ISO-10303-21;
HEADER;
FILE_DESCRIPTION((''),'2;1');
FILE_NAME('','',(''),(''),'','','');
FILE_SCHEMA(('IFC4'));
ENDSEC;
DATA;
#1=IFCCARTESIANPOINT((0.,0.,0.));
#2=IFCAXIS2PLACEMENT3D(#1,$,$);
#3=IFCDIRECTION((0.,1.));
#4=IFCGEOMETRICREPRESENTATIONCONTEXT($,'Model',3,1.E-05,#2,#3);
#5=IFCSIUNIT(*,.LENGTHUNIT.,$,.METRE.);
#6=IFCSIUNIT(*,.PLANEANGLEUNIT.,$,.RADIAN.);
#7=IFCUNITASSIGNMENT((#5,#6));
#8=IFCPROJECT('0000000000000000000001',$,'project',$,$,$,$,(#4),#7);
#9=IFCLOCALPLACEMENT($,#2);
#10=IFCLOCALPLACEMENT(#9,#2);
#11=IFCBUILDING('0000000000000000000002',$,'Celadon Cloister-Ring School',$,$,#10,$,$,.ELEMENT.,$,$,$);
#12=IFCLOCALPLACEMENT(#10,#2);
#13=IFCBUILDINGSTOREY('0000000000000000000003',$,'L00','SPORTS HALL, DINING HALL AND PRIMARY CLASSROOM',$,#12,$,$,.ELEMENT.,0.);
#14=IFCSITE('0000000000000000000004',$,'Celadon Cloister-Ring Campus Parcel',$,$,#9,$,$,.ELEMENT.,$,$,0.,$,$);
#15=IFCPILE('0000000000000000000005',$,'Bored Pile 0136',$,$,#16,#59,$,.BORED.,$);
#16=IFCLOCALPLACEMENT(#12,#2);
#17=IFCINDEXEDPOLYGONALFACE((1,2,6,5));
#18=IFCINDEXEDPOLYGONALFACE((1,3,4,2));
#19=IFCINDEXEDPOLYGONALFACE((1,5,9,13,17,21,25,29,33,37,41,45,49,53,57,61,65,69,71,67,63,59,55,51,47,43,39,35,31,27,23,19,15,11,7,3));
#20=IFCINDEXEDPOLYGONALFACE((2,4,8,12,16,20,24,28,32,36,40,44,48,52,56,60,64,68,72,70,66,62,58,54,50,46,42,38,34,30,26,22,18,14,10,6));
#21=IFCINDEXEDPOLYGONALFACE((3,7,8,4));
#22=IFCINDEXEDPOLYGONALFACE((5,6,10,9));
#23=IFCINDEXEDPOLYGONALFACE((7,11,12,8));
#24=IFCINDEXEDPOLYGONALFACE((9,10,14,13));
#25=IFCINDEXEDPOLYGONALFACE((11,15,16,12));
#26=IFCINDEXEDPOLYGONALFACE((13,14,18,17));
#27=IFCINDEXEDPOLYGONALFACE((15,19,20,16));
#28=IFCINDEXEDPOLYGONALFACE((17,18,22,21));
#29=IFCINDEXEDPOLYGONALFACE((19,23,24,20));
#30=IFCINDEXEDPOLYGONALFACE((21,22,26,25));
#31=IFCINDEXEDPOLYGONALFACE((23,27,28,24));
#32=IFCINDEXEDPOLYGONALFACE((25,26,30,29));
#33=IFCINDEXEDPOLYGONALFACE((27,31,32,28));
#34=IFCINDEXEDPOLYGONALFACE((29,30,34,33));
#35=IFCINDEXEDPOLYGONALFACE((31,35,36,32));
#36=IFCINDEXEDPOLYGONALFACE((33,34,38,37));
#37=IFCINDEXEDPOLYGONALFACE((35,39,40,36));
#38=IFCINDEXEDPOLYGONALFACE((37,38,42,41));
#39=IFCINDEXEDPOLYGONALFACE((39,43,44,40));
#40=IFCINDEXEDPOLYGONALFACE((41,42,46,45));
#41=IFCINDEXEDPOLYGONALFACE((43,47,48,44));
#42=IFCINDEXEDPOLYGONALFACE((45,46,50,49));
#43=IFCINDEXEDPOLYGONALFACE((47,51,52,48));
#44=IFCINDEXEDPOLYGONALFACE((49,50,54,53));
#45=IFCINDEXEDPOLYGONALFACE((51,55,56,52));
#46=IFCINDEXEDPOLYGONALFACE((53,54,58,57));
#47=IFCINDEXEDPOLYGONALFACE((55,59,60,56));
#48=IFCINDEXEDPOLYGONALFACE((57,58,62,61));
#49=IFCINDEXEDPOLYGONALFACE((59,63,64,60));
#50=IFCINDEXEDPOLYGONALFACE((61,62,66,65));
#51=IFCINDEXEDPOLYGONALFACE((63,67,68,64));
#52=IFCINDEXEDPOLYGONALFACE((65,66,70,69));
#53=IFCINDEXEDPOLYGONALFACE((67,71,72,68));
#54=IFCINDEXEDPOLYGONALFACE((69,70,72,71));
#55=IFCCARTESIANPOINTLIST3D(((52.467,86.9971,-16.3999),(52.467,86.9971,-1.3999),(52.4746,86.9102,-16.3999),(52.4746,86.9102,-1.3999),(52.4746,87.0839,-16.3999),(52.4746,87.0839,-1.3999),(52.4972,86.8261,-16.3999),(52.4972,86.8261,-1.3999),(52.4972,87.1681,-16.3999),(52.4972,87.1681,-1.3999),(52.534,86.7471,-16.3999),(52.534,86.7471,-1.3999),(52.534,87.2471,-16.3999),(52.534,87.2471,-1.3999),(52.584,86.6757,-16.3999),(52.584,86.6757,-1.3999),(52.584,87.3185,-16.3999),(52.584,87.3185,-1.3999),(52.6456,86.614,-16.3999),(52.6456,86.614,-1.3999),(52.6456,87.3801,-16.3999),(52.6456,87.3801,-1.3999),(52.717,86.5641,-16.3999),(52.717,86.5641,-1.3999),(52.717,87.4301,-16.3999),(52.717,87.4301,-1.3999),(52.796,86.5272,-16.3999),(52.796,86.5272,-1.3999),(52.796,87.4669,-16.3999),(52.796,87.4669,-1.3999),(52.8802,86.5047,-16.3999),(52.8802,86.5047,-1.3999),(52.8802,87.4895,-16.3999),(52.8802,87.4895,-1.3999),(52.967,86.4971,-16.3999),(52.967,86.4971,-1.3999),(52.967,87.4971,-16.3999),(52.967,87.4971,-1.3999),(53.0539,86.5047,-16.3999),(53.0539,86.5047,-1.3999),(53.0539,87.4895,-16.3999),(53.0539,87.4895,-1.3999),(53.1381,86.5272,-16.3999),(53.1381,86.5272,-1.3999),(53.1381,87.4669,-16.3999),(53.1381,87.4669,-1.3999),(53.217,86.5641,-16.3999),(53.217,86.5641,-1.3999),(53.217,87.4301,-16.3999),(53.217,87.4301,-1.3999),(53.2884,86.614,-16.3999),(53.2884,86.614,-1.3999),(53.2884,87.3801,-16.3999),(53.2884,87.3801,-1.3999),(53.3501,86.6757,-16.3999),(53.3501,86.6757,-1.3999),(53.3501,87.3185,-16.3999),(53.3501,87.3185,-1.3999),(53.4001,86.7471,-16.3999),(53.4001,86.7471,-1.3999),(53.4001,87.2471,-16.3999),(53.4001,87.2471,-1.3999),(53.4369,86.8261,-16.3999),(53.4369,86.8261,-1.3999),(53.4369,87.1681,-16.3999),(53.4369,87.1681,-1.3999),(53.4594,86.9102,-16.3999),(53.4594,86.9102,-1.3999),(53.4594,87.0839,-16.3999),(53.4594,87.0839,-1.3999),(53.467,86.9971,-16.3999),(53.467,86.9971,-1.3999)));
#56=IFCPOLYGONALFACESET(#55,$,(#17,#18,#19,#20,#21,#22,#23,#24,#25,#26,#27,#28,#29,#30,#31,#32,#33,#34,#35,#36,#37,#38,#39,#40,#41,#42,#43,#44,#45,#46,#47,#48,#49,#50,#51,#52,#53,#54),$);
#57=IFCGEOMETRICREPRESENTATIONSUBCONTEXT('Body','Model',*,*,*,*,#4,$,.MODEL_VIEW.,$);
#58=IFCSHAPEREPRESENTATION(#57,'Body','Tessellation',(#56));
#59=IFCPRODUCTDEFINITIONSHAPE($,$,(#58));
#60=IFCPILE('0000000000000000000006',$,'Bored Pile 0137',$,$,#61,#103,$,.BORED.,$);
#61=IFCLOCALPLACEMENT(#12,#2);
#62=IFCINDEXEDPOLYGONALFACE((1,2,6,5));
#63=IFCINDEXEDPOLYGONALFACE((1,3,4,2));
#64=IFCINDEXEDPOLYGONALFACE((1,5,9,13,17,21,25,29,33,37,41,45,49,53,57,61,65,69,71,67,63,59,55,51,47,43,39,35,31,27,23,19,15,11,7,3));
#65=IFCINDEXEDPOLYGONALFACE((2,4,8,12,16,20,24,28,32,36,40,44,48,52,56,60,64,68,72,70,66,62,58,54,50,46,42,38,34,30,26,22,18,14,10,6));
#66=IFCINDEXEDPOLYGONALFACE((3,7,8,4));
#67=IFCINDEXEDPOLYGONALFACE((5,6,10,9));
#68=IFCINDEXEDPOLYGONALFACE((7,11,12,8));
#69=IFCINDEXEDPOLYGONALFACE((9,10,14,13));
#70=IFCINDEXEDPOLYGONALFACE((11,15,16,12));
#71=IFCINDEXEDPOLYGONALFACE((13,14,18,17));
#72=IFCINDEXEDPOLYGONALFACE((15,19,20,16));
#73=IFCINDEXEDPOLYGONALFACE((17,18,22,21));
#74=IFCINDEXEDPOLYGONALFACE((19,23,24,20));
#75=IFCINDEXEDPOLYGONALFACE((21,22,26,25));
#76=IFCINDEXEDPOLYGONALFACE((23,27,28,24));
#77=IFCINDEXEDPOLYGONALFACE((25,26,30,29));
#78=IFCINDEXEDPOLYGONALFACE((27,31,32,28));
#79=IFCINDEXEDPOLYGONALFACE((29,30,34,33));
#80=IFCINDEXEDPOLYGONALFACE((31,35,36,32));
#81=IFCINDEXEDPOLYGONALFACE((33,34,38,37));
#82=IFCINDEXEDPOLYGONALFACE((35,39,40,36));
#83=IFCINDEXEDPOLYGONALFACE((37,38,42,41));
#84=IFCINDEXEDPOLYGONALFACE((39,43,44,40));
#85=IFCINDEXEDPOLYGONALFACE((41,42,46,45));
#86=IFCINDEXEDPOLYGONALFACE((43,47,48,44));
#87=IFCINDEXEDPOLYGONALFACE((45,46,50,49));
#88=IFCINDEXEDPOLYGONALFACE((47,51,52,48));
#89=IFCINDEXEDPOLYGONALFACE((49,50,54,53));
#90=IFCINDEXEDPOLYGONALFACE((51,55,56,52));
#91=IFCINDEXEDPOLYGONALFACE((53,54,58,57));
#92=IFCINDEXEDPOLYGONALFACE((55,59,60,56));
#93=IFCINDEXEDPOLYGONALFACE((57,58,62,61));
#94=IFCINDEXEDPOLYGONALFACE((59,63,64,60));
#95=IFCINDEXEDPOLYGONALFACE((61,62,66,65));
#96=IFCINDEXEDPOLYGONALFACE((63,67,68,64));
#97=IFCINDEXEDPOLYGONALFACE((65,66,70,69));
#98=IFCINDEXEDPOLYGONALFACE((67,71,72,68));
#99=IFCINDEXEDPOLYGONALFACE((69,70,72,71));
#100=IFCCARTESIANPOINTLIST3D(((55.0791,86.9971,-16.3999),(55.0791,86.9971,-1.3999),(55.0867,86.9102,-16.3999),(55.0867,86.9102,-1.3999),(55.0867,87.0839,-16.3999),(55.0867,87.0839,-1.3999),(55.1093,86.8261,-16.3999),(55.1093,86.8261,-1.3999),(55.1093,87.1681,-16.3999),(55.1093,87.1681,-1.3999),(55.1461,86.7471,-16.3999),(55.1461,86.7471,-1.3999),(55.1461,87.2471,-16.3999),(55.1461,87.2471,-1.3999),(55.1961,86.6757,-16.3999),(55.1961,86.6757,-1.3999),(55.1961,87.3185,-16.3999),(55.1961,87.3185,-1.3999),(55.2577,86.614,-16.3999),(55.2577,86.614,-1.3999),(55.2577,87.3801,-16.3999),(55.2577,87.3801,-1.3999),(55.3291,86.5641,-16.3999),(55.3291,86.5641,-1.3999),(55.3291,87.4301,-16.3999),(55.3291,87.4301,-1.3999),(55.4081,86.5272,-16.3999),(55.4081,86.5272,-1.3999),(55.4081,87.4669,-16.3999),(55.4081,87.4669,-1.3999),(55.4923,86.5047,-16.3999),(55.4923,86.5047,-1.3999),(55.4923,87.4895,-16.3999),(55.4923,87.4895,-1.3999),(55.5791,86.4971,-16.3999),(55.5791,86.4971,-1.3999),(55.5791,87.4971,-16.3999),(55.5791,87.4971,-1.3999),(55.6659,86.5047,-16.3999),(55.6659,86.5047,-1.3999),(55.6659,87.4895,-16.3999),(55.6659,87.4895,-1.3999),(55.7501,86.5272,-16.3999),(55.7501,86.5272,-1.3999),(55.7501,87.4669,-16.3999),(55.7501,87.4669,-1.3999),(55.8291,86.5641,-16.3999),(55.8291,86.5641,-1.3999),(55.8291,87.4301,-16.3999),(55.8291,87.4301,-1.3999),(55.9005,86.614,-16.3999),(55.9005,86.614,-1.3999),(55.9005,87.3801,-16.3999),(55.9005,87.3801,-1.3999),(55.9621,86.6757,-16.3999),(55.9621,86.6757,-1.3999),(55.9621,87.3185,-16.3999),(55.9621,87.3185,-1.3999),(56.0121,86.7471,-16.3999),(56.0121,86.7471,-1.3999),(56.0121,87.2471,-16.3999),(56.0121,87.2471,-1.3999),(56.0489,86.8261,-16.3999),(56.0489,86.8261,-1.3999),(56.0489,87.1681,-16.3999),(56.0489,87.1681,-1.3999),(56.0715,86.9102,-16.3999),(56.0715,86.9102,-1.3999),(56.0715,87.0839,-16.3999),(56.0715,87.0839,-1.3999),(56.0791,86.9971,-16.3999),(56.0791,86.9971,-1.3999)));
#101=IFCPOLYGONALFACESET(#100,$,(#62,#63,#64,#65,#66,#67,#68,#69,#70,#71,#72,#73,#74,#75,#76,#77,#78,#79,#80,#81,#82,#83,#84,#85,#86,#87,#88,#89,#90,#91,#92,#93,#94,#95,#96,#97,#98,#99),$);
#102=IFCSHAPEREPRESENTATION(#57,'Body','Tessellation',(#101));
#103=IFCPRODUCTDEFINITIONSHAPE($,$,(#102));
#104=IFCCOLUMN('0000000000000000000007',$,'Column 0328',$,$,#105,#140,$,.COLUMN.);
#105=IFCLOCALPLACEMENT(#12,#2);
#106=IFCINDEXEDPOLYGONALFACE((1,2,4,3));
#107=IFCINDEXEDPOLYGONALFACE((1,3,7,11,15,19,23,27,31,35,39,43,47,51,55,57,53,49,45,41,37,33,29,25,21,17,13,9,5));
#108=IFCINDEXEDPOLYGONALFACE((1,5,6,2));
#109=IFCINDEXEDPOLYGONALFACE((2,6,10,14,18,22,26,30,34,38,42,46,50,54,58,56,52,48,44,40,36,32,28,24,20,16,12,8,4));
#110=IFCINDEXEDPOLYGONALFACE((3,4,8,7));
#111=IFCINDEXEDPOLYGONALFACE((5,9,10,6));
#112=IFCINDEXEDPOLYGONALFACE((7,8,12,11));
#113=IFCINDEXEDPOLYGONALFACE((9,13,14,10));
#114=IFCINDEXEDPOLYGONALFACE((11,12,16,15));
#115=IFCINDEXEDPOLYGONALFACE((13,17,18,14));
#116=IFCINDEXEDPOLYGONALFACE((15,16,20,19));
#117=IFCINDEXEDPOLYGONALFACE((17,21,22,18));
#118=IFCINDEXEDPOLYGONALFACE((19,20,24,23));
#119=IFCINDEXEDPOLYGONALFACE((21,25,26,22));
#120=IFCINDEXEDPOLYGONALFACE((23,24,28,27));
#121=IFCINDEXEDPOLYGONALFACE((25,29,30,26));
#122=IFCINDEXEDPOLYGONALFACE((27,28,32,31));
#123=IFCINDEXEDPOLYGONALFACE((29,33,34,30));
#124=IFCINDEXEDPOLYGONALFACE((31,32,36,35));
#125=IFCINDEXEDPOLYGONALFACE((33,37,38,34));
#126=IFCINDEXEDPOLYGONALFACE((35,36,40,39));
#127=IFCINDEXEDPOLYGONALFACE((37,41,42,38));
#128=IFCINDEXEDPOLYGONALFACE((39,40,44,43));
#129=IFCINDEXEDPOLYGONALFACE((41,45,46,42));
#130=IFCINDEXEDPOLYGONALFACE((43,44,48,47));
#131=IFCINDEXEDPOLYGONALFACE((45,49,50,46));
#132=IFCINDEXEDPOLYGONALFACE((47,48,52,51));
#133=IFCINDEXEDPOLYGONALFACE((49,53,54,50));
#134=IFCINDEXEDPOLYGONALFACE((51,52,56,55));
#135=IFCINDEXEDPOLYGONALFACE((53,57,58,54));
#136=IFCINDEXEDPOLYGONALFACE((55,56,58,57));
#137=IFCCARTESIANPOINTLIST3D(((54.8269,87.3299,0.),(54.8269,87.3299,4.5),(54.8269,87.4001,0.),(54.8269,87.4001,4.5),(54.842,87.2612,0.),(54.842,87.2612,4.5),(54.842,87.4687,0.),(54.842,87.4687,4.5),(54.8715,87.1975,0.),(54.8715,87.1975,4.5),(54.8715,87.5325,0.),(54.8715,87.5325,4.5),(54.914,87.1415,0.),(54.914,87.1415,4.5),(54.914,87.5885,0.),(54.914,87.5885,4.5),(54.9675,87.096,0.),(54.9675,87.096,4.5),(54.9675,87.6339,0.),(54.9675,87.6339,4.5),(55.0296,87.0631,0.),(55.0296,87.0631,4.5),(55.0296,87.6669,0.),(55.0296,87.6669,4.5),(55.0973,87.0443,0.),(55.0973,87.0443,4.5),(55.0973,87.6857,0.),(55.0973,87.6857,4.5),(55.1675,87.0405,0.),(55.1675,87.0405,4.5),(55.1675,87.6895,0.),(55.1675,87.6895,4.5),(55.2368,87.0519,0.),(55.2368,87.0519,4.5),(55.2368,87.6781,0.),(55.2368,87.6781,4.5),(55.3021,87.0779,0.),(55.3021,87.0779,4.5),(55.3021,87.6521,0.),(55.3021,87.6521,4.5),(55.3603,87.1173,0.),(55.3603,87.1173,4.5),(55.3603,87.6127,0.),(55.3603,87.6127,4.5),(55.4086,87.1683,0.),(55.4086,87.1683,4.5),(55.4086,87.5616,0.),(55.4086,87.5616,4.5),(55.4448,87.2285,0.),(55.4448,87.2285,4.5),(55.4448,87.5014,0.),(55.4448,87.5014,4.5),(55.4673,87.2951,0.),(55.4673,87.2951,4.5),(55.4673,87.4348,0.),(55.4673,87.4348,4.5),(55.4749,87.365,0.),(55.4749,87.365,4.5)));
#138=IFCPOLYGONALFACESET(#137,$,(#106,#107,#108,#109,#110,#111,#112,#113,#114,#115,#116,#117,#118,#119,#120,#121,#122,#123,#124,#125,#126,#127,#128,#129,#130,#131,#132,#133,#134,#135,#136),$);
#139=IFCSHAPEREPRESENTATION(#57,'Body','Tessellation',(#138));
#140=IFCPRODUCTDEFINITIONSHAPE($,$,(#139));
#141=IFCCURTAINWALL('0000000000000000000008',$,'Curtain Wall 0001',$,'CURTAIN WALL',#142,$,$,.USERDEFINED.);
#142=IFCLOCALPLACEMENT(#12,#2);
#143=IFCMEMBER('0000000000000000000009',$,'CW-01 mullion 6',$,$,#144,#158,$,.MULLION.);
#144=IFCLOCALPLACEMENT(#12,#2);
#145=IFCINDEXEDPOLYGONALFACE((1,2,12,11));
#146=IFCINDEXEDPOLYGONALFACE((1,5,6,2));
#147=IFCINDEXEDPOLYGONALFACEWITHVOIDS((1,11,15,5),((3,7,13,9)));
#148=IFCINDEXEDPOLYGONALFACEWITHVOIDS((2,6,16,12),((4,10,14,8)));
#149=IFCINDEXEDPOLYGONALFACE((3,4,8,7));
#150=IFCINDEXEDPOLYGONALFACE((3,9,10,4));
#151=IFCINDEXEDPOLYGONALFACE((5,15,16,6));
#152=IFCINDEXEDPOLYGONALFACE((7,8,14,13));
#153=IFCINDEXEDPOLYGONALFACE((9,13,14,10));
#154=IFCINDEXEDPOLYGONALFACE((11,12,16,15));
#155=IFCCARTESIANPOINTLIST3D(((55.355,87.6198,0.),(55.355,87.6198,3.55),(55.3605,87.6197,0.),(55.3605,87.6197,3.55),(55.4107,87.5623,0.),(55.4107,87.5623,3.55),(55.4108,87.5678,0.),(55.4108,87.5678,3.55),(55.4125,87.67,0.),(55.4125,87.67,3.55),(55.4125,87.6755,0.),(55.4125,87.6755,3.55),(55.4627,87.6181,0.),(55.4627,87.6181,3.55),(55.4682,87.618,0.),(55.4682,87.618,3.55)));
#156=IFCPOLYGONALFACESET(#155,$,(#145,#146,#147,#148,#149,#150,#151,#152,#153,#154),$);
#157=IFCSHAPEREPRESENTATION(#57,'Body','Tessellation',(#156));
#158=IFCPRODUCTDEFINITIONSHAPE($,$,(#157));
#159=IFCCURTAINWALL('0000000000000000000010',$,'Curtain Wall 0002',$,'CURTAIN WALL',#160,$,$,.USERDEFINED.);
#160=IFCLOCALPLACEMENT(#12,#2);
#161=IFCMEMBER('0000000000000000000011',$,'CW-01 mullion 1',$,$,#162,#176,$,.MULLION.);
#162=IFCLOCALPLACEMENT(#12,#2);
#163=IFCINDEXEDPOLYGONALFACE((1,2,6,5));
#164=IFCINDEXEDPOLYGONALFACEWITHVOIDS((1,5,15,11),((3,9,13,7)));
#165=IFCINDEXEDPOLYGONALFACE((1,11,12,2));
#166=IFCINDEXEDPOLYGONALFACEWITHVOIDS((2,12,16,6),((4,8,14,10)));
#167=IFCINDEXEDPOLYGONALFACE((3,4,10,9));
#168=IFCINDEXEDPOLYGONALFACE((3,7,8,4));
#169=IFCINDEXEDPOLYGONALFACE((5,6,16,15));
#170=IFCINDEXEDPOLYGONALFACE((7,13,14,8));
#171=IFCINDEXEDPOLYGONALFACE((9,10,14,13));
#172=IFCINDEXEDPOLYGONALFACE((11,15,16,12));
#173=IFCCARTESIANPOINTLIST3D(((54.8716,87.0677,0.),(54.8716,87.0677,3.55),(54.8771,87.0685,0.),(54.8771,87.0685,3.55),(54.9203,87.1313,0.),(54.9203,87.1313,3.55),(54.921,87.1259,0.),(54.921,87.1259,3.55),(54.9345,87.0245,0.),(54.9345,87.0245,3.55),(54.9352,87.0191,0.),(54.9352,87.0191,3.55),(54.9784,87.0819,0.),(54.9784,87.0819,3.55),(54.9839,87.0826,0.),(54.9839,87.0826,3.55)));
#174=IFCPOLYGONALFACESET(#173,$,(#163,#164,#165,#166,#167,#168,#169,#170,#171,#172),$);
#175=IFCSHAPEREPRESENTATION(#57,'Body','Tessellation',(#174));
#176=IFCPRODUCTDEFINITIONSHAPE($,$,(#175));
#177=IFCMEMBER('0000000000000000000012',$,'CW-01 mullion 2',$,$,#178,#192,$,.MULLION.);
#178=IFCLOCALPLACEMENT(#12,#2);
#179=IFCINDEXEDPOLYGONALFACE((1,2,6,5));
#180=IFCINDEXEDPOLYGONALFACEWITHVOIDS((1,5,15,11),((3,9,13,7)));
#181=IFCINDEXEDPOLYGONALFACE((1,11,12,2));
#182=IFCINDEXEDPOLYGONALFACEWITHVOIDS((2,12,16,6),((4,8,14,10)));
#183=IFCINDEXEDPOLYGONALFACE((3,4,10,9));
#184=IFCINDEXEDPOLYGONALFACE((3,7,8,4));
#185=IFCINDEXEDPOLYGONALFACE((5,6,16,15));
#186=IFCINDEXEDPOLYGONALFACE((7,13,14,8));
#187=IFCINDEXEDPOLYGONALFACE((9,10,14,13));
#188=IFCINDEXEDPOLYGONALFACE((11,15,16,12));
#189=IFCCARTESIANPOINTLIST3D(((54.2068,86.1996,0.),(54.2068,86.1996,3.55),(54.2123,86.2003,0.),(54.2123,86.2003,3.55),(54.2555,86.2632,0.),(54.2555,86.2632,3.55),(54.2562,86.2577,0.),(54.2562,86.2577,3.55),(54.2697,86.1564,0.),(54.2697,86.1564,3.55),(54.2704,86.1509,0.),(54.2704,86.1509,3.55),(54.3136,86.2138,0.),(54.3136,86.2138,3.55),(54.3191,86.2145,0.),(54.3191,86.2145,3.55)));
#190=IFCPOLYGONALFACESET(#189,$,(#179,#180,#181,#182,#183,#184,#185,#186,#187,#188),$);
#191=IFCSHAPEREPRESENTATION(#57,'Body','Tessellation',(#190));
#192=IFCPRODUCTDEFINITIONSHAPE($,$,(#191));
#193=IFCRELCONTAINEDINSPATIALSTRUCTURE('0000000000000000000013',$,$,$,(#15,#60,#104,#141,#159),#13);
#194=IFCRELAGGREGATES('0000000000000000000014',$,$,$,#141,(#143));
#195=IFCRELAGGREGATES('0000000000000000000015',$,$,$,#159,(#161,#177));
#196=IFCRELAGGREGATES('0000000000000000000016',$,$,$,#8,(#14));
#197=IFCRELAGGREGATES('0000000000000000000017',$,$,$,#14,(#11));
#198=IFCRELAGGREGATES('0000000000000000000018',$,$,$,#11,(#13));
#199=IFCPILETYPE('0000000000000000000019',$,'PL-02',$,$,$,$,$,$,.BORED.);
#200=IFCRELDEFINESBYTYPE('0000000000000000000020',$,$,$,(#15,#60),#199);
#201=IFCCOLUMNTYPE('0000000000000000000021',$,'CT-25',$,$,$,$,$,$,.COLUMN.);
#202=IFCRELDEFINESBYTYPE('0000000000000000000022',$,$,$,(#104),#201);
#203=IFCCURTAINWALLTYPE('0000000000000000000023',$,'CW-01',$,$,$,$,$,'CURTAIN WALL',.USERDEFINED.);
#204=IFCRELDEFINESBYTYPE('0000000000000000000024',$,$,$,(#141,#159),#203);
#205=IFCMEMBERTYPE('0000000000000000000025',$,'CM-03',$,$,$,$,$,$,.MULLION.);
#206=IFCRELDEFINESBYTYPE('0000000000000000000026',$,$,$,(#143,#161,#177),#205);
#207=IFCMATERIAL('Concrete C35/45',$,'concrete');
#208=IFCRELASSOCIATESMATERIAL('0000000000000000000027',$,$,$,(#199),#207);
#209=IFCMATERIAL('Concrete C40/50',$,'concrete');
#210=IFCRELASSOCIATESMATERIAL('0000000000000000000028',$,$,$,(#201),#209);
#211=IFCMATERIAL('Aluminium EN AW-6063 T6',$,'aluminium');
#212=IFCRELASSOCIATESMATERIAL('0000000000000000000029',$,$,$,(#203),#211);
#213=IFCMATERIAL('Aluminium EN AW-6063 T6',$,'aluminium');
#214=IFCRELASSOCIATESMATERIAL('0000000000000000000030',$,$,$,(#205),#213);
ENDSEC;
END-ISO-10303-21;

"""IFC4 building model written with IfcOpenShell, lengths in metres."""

from ifc_helpers import new_model, si_unit, direction, frame, origin, origin_2d, place, context, subcontext, project, spatial, hollow_rectangle, circle, extrude, material, material_profile, profile_set, type_object, element, aggregate, save


model = new_model("IFC4")

# Units and contexts
model_context = context("Model", 3, precision=1e-05, world=origin(), true_north=direction((0.0, 1.0)))
body_context = subcontext(model_context, "Body", "Model", "MODEL_VIEW")
ifc_project = project(units=[si_unit("LENGTHUNIT", "METRE"), si_unit("PLANEANGLEUNIT", "RADIAN")], contexts=[model_context])

# Site, building, storey
site_placement = place(None, origin())
site = spatial("IfcSite", under=ifc_project, at=site_placement, Name="Celadon Cloister-Ring Campus Parcel", CompositionType="ELEMENT", RefElevation=0.0)
building_placement = place(site_placement, origin())
building = spatial("IfcBuilding", under=site, at=building_placement, Name="Celadon Cloister-Ring School", CompositionType="ELEMENT")
storey_placement = place(building_placement, origin())
storey = spatial("IfcBuildingStorey", under=building, at=storey_placement, Name="L00", Description="SPORTS HALL, DINING HALL AND PRIMARY CLASSROOM", CompositionType="ELEMENT", Elevation=0.0)

# Piles
ifc_material_1 = material(Name="Concrete C35/45", Category="concrete")
ifc_material_profile_1 = material_profile(ifc_material_1, circle(Radius=0.5, at=origin_2d()), Name="PILE1000")
ifc_profile_set_1 = profile_set([ifc_material_profile_1], Name="Concrete C35/45")
pile_type = type_object("IfcPileType", Name="PL-02", PredefinedType="BORED", material=ifc_profile_set_1)
for number, where, z_axis, x_axis, name in (
    (1, (52.967, 86.9971, -1.3999), (0.0, 0.0, -1.0), (1.0, 0.0, 0.0), "Bored Pile 0136"),
    (2, (55.5791, 86.9971, -1.3999), (0.0, 0.0, -1.0), (1.0, 0.0, 0.0), "Bored Pile 0137"),
):
    element("IfcPile", number, at=place(storey_placement, frame(where, z_axis=z_axis, x_axis=x_axis)), inside=storey, type_object=pile_type, Name=name, PredefinedType="BORED", context=body_context, shape_type="SweptSolid", body=[
        extrude(circle(Radius=0.5, at=origin_2d()), origin(), (0.0, 0.0, 1.0), 15.0),
    ])

# Column
ifc_material_2 = material(Name="Concrete C40/50", Category="concrete")
ifc_material_profile_2 = material_profile(ifc_material_2, circle(Radius=0.325, at=origin_2d()), Name="CIRC650")
ifc_profile_set_2 = profile_set([ifc_material_profile_2], Name="Concrete C40/50")
column_type = type_object("IfcColumnType", Name="CT-25", PredefinedType="COLUMN", material=ifc_profile_set_2)
column_placement = place(storey_placement, frame((55.1499, 87.365, 0.0), z_axis=(0.0, 0.0, 1.0), x_axis=(1.0, 0.0, 0.0)))
element("IfcColumn", 3, at=column_placement, inside=storey, type_object=column_type, Name="Column 0328", PredefinedType="COLUMN", context=body_context, shape_type="SweptSolid", body=[
    extrude(circle(Radius=0.325, at=origin_2d()), origin(), (0.0, 0.0, 1.0), 4.5),
])

# Curtain wall, member
ifc_material_3 = material(Name="Aluminium EN AW-6063 T6", Category="aluminium")
curtain_wall_type = type_object("IfcCurtainWallType", Name="CW-01", ElementType="CURTAIN WALL", PredefinedType="USERDEFINED", material=ifc_material_3)
curtain_wall_1_placement = place(storey_placement, origin())
curtain_wall_1 = element("IfcCurtainWall", 4, at=curtain_wall_1_placement, inside=storey, type_object=curtain_wall_type, Name="Curtain Wall 0001", ObjectType="CURTAIN WALL", PredefinedType="USERDEFINED")
ifc_material_4 = material(Name="Aluminium EN AW-6063 T6", Category="aluminium")
ifc_material_profile_3 = material_profile(ifc_material_4, hollow_rectangle(XDim=0.0801, YDim=0.0801, WallThickness=0.0039, at=origin_2d()), Name="RHS80X80X4")
ifc_profile_set_3 = profile_set([ifc_material_profile_3], Name="Aluminium EN AW-6063 T6")
member_type_1 = type_object("IfcMemberType", Name="CM-03", PredefinedType="MULLION", material=ifc_profile_set_3)
member_1_placement = place(storey_placement, frame((55.4116, 87.6189, 0.0), z_axis=(0.0, 0.0, 1.0), x_axis=(0.69546, -0.718565, 0.0)))
member_1 = element("IfcMember", 5, at=member_1_placement, type_object=member_type_1, Name="CW-01 mullion 6", PredefinedType="MULLION", context=body_context, shape_type="SweptSolid", body=[
    extrude(hollow_rectangle(XDim=0.0801, YDim=0.0801, WallThickness=0.0039, at=origin_2d()), origin(), (0.0, 0.0, 1.0), 3.55),
])
aggregate(curtain_wall_1, [member_1])

# Curtain wall, members
curtain_wall_2_placement = place(storey_placement, origin())
curtain_wall_2 = element("IfcCurtainWall", 6, at=curtain_wall_2_placement, inside=storey, type_object=curtain_wall_type, Name="Curtain Wall 0002", ObjectType="CURTAIN WALL", PredefinedType="USERDEFINED")
member_2_placement = place(storey_placement, frame((54.9277, 87.0752, 0.0), z_axis=(0.0, 0.0, 1.0), x_axis=(0.794032, -0.607876, 0.0)))
member_2 = element("IfcMember", 7, at=member_2_placement, type_object=member_type_1, Name="CW-01 mullion 1", PredefinedType="MULLION", context=body_context, shape_type="SweptSolid", body=[
    extrude(hollow_rectangle(XDim=0.0801, YDim=0.0801, WallThickness=0.0039, at=origin_2d()), origin(), (0.0, 0.0, 1.0), 3.55),
])
member_3_placement = place(storey_placement, frame((54.2629, 86.207, 0.0), z_axis=(0.0, 0.0, 1.0), x_axis=(0.794032, -0.607876, 0.0)))
member_3 = element("IfcMember", 8, at=member_3_placement, type_object=member_type_1, Name="CW-01 mullion 2", PredefinedType="MULLION", context=body_context, shape_type="SweptSolid", body=[
    extrude(hollow_rectangle(XDim=0.0801, YDim=0.0801, WallThickness=0.0039, at=origin_2d()), origin(), (0.0, 0.0, 1.0), 3.55),
])

aggregate(curtain_wall_2, [member_2, member_3])

save(model, "model.ifc")
